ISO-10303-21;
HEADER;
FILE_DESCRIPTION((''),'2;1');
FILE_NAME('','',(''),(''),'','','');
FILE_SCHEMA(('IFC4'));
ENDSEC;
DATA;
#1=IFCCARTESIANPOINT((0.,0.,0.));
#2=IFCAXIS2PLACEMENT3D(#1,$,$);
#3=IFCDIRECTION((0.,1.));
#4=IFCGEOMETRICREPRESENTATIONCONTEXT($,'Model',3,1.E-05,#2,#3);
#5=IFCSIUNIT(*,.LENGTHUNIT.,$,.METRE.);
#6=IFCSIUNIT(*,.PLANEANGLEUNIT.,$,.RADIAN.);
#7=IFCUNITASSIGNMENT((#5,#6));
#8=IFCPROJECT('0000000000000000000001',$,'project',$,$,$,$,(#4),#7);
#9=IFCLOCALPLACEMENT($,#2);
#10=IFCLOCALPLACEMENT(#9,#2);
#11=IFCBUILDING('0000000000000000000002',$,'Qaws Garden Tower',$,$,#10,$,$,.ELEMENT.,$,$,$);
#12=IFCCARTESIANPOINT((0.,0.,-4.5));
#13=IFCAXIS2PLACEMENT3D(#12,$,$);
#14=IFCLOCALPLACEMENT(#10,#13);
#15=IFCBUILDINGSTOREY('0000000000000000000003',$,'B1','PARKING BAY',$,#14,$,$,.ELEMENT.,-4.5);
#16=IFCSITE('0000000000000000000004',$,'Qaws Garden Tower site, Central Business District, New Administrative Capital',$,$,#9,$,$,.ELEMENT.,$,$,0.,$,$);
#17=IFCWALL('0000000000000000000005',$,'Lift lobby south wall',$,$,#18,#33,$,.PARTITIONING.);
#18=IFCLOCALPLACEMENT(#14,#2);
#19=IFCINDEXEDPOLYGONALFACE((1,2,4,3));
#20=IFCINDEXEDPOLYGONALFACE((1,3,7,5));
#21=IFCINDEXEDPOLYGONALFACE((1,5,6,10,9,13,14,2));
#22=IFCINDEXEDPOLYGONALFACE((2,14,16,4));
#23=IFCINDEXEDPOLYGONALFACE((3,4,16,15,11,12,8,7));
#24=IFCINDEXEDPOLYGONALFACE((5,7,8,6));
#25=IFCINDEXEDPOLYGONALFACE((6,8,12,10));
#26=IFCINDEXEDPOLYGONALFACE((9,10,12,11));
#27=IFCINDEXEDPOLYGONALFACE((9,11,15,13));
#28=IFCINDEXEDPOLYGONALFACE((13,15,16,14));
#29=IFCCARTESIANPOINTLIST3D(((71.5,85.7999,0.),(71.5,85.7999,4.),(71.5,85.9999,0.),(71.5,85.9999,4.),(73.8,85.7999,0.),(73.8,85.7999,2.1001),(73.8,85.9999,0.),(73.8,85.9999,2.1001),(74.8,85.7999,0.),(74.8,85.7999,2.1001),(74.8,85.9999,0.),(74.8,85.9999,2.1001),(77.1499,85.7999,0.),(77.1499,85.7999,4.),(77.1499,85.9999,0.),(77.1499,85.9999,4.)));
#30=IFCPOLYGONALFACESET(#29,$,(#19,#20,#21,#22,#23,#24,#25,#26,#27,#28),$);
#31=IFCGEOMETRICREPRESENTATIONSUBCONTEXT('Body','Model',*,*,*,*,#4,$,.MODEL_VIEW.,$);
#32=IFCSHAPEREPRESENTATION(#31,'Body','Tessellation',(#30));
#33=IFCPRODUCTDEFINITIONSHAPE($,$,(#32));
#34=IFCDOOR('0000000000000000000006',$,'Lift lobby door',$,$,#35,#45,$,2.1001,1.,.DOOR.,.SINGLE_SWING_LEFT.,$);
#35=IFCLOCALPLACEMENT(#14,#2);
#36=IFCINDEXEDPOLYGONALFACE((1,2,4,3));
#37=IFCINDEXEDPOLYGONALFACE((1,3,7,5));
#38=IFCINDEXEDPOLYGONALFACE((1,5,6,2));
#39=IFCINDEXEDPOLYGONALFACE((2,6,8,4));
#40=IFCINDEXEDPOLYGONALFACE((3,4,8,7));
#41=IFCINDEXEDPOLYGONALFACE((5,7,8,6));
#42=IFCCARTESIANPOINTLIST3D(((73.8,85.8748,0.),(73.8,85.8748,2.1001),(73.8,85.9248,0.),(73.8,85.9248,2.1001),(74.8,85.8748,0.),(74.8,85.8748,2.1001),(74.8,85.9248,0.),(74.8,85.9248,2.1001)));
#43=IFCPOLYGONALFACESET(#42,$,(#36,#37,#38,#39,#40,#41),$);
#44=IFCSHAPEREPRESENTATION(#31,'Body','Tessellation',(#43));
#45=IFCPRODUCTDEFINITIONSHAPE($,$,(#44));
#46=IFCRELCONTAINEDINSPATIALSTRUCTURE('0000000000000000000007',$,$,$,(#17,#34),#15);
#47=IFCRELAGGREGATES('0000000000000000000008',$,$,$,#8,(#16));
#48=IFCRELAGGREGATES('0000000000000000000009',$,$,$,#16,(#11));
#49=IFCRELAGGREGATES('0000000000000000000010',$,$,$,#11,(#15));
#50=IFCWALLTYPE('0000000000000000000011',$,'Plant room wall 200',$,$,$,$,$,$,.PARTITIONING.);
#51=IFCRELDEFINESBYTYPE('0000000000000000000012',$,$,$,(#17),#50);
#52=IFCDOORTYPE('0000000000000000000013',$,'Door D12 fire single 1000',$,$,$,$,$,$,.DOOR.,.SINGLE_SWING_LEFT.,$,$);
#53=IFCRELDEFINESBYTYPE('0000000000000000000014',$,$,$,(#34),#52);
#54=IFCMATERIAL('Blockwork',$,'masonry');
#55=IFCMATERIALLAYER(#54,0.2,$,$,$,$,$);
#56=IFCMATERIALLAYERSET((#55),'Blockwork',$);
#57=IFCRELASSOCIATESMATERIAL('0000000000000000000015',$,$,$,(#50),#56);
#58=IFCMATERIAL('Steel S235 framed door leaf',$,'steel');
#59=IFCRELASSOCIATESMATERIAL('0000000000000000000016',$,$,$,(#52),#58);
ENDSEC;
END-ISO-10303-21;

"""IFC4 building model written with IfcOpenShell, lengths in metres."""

from ifc_helpers import new_model, si_unit, direction, frame, frame_2d, origin, place, context, subcontext, project, spatial, rectangle, extrude, material, layer, layer_set, type_object, element, fill, save


model = new_model("IFC4")

# Units and contexts
model_context = context("Model", 3, precision=1e-05, world=origin(), true_north=direction((0.0, 1.0)))
body_context = subcontext(model_context, "Body", "Model", "MODEL_VIEW")
ifc_project = project(units=[si_unit("LENGTHUNIT", "METRE"), si_unit("PLANEANGLEUNIT", "RADIAN")], contexts=[model_context])

# Site, building, storey
site_placement = place(None, origin())
site = spatial("IfcSite", under=ifc_project, at=site_placement, Name="Qaws Garden Tower site, Central Business District, New Administrative Capital", CompositionType="ELEMENT", RefElevation=0.0)
building_placement = place(site_placement, origin())
building = spatial("IfcBuilding", under=site, at=building_placement, Name="Qaws Garden Tower", CompositionType="ELEMENT")
storey_placement = place(building_placement, frame((0.0, 0.0, -4.5)))
storey = spatial("IfcBuildingStorey", under=building, at=storey_placement, Name="B1", Description="PARKING BAY", CompositionType="ELEMENT", Elevation=-4.5)

# Wall, opening, door
ifc_material_1 = material(Name="Blockwork", Category="masonry")
ifc_layer = layer(ifc_material_1, 0.2)
ifc_layer_set = layer_set([ifc_layer], Name="Blockwork")
wall_type = type_object("IfcWallType", Name="Plant room wall 200", PredefinedType="PARTITIONING", material=ifc_layer_set)
wall_placement = place(storey_placement, frame((71.5, 85.8999, 0.0), z_axis=(0.0, 0.0, 1.0), x_axis=(1.0, 0.0, 0.0)))
wall = element("IfcWall", 1, at=wall_placement, inside=storey, type_object=wall_type, Name="Lift lobby south wall", PredefinedType="PARTITIONING", context=body_context, shape_type="SweptSolid", body=[
    extrude(rectangle(XDim=5.6499, YDim=0.2, at=frame_2d((2.825, 0.0))), origin(), (0.0, 0.0, 1.0), 4.0),
])
opening_placement = place(wall_placement, frame((2.3, 0.0, 0.0)))
opening = element("IfcOpeningElement", 2, at=opening_placement, cuts=wall, PredefinedType="OPENING", context=body_context, shape_type="SweptSolid", body=[
    extrude(rectangle(XDim=1.0, YDim=2.1001, at=frame_2d((0.5, 1.05))), frame((0.0, 0.1099, 0.0), z_axis=(0.0, -1.0, 0.0), x_axis=(1.0, 0.0, 0.0)), (0.0, 0.0, 1.0), 0.22),
])
ifc_material_2 = material(Name="Steel S235 framed door leaf", Category="steel")
door_type = type_object("IfcDoorType", Name="Door D12 fire single 1000", OperationType="SINGLE_SWING_LEFT", PredefinedType="DOOR", material=ifc_material_2)
door_placement = place(opening_placement, origin())
door = element("IfcDoor", 3, at=door_placement, inside=storey, type_object=door_type, Name="Lift lobby door", OperationType="SINGLE_SWING_LEFT", OverallHeight=2.1001, OverallWidth=1.0, PredefinedType="DOOR", context=body_context, shape_type="SweptSolid", body=[
    extrude(rectangle(XDim=1.0, YDim=2.1001, at=frame_2d((0.5, 1.05))), frame((0.0, 0.0249, 0.0), z_axis=(0.0, -1.0, 0.0), x_axis=(1.0, 0.0, 0.0)), (0.0, 0.0, 1.0), 0.05),
])
fill(opening, door)

save(model, "model.ifc")
